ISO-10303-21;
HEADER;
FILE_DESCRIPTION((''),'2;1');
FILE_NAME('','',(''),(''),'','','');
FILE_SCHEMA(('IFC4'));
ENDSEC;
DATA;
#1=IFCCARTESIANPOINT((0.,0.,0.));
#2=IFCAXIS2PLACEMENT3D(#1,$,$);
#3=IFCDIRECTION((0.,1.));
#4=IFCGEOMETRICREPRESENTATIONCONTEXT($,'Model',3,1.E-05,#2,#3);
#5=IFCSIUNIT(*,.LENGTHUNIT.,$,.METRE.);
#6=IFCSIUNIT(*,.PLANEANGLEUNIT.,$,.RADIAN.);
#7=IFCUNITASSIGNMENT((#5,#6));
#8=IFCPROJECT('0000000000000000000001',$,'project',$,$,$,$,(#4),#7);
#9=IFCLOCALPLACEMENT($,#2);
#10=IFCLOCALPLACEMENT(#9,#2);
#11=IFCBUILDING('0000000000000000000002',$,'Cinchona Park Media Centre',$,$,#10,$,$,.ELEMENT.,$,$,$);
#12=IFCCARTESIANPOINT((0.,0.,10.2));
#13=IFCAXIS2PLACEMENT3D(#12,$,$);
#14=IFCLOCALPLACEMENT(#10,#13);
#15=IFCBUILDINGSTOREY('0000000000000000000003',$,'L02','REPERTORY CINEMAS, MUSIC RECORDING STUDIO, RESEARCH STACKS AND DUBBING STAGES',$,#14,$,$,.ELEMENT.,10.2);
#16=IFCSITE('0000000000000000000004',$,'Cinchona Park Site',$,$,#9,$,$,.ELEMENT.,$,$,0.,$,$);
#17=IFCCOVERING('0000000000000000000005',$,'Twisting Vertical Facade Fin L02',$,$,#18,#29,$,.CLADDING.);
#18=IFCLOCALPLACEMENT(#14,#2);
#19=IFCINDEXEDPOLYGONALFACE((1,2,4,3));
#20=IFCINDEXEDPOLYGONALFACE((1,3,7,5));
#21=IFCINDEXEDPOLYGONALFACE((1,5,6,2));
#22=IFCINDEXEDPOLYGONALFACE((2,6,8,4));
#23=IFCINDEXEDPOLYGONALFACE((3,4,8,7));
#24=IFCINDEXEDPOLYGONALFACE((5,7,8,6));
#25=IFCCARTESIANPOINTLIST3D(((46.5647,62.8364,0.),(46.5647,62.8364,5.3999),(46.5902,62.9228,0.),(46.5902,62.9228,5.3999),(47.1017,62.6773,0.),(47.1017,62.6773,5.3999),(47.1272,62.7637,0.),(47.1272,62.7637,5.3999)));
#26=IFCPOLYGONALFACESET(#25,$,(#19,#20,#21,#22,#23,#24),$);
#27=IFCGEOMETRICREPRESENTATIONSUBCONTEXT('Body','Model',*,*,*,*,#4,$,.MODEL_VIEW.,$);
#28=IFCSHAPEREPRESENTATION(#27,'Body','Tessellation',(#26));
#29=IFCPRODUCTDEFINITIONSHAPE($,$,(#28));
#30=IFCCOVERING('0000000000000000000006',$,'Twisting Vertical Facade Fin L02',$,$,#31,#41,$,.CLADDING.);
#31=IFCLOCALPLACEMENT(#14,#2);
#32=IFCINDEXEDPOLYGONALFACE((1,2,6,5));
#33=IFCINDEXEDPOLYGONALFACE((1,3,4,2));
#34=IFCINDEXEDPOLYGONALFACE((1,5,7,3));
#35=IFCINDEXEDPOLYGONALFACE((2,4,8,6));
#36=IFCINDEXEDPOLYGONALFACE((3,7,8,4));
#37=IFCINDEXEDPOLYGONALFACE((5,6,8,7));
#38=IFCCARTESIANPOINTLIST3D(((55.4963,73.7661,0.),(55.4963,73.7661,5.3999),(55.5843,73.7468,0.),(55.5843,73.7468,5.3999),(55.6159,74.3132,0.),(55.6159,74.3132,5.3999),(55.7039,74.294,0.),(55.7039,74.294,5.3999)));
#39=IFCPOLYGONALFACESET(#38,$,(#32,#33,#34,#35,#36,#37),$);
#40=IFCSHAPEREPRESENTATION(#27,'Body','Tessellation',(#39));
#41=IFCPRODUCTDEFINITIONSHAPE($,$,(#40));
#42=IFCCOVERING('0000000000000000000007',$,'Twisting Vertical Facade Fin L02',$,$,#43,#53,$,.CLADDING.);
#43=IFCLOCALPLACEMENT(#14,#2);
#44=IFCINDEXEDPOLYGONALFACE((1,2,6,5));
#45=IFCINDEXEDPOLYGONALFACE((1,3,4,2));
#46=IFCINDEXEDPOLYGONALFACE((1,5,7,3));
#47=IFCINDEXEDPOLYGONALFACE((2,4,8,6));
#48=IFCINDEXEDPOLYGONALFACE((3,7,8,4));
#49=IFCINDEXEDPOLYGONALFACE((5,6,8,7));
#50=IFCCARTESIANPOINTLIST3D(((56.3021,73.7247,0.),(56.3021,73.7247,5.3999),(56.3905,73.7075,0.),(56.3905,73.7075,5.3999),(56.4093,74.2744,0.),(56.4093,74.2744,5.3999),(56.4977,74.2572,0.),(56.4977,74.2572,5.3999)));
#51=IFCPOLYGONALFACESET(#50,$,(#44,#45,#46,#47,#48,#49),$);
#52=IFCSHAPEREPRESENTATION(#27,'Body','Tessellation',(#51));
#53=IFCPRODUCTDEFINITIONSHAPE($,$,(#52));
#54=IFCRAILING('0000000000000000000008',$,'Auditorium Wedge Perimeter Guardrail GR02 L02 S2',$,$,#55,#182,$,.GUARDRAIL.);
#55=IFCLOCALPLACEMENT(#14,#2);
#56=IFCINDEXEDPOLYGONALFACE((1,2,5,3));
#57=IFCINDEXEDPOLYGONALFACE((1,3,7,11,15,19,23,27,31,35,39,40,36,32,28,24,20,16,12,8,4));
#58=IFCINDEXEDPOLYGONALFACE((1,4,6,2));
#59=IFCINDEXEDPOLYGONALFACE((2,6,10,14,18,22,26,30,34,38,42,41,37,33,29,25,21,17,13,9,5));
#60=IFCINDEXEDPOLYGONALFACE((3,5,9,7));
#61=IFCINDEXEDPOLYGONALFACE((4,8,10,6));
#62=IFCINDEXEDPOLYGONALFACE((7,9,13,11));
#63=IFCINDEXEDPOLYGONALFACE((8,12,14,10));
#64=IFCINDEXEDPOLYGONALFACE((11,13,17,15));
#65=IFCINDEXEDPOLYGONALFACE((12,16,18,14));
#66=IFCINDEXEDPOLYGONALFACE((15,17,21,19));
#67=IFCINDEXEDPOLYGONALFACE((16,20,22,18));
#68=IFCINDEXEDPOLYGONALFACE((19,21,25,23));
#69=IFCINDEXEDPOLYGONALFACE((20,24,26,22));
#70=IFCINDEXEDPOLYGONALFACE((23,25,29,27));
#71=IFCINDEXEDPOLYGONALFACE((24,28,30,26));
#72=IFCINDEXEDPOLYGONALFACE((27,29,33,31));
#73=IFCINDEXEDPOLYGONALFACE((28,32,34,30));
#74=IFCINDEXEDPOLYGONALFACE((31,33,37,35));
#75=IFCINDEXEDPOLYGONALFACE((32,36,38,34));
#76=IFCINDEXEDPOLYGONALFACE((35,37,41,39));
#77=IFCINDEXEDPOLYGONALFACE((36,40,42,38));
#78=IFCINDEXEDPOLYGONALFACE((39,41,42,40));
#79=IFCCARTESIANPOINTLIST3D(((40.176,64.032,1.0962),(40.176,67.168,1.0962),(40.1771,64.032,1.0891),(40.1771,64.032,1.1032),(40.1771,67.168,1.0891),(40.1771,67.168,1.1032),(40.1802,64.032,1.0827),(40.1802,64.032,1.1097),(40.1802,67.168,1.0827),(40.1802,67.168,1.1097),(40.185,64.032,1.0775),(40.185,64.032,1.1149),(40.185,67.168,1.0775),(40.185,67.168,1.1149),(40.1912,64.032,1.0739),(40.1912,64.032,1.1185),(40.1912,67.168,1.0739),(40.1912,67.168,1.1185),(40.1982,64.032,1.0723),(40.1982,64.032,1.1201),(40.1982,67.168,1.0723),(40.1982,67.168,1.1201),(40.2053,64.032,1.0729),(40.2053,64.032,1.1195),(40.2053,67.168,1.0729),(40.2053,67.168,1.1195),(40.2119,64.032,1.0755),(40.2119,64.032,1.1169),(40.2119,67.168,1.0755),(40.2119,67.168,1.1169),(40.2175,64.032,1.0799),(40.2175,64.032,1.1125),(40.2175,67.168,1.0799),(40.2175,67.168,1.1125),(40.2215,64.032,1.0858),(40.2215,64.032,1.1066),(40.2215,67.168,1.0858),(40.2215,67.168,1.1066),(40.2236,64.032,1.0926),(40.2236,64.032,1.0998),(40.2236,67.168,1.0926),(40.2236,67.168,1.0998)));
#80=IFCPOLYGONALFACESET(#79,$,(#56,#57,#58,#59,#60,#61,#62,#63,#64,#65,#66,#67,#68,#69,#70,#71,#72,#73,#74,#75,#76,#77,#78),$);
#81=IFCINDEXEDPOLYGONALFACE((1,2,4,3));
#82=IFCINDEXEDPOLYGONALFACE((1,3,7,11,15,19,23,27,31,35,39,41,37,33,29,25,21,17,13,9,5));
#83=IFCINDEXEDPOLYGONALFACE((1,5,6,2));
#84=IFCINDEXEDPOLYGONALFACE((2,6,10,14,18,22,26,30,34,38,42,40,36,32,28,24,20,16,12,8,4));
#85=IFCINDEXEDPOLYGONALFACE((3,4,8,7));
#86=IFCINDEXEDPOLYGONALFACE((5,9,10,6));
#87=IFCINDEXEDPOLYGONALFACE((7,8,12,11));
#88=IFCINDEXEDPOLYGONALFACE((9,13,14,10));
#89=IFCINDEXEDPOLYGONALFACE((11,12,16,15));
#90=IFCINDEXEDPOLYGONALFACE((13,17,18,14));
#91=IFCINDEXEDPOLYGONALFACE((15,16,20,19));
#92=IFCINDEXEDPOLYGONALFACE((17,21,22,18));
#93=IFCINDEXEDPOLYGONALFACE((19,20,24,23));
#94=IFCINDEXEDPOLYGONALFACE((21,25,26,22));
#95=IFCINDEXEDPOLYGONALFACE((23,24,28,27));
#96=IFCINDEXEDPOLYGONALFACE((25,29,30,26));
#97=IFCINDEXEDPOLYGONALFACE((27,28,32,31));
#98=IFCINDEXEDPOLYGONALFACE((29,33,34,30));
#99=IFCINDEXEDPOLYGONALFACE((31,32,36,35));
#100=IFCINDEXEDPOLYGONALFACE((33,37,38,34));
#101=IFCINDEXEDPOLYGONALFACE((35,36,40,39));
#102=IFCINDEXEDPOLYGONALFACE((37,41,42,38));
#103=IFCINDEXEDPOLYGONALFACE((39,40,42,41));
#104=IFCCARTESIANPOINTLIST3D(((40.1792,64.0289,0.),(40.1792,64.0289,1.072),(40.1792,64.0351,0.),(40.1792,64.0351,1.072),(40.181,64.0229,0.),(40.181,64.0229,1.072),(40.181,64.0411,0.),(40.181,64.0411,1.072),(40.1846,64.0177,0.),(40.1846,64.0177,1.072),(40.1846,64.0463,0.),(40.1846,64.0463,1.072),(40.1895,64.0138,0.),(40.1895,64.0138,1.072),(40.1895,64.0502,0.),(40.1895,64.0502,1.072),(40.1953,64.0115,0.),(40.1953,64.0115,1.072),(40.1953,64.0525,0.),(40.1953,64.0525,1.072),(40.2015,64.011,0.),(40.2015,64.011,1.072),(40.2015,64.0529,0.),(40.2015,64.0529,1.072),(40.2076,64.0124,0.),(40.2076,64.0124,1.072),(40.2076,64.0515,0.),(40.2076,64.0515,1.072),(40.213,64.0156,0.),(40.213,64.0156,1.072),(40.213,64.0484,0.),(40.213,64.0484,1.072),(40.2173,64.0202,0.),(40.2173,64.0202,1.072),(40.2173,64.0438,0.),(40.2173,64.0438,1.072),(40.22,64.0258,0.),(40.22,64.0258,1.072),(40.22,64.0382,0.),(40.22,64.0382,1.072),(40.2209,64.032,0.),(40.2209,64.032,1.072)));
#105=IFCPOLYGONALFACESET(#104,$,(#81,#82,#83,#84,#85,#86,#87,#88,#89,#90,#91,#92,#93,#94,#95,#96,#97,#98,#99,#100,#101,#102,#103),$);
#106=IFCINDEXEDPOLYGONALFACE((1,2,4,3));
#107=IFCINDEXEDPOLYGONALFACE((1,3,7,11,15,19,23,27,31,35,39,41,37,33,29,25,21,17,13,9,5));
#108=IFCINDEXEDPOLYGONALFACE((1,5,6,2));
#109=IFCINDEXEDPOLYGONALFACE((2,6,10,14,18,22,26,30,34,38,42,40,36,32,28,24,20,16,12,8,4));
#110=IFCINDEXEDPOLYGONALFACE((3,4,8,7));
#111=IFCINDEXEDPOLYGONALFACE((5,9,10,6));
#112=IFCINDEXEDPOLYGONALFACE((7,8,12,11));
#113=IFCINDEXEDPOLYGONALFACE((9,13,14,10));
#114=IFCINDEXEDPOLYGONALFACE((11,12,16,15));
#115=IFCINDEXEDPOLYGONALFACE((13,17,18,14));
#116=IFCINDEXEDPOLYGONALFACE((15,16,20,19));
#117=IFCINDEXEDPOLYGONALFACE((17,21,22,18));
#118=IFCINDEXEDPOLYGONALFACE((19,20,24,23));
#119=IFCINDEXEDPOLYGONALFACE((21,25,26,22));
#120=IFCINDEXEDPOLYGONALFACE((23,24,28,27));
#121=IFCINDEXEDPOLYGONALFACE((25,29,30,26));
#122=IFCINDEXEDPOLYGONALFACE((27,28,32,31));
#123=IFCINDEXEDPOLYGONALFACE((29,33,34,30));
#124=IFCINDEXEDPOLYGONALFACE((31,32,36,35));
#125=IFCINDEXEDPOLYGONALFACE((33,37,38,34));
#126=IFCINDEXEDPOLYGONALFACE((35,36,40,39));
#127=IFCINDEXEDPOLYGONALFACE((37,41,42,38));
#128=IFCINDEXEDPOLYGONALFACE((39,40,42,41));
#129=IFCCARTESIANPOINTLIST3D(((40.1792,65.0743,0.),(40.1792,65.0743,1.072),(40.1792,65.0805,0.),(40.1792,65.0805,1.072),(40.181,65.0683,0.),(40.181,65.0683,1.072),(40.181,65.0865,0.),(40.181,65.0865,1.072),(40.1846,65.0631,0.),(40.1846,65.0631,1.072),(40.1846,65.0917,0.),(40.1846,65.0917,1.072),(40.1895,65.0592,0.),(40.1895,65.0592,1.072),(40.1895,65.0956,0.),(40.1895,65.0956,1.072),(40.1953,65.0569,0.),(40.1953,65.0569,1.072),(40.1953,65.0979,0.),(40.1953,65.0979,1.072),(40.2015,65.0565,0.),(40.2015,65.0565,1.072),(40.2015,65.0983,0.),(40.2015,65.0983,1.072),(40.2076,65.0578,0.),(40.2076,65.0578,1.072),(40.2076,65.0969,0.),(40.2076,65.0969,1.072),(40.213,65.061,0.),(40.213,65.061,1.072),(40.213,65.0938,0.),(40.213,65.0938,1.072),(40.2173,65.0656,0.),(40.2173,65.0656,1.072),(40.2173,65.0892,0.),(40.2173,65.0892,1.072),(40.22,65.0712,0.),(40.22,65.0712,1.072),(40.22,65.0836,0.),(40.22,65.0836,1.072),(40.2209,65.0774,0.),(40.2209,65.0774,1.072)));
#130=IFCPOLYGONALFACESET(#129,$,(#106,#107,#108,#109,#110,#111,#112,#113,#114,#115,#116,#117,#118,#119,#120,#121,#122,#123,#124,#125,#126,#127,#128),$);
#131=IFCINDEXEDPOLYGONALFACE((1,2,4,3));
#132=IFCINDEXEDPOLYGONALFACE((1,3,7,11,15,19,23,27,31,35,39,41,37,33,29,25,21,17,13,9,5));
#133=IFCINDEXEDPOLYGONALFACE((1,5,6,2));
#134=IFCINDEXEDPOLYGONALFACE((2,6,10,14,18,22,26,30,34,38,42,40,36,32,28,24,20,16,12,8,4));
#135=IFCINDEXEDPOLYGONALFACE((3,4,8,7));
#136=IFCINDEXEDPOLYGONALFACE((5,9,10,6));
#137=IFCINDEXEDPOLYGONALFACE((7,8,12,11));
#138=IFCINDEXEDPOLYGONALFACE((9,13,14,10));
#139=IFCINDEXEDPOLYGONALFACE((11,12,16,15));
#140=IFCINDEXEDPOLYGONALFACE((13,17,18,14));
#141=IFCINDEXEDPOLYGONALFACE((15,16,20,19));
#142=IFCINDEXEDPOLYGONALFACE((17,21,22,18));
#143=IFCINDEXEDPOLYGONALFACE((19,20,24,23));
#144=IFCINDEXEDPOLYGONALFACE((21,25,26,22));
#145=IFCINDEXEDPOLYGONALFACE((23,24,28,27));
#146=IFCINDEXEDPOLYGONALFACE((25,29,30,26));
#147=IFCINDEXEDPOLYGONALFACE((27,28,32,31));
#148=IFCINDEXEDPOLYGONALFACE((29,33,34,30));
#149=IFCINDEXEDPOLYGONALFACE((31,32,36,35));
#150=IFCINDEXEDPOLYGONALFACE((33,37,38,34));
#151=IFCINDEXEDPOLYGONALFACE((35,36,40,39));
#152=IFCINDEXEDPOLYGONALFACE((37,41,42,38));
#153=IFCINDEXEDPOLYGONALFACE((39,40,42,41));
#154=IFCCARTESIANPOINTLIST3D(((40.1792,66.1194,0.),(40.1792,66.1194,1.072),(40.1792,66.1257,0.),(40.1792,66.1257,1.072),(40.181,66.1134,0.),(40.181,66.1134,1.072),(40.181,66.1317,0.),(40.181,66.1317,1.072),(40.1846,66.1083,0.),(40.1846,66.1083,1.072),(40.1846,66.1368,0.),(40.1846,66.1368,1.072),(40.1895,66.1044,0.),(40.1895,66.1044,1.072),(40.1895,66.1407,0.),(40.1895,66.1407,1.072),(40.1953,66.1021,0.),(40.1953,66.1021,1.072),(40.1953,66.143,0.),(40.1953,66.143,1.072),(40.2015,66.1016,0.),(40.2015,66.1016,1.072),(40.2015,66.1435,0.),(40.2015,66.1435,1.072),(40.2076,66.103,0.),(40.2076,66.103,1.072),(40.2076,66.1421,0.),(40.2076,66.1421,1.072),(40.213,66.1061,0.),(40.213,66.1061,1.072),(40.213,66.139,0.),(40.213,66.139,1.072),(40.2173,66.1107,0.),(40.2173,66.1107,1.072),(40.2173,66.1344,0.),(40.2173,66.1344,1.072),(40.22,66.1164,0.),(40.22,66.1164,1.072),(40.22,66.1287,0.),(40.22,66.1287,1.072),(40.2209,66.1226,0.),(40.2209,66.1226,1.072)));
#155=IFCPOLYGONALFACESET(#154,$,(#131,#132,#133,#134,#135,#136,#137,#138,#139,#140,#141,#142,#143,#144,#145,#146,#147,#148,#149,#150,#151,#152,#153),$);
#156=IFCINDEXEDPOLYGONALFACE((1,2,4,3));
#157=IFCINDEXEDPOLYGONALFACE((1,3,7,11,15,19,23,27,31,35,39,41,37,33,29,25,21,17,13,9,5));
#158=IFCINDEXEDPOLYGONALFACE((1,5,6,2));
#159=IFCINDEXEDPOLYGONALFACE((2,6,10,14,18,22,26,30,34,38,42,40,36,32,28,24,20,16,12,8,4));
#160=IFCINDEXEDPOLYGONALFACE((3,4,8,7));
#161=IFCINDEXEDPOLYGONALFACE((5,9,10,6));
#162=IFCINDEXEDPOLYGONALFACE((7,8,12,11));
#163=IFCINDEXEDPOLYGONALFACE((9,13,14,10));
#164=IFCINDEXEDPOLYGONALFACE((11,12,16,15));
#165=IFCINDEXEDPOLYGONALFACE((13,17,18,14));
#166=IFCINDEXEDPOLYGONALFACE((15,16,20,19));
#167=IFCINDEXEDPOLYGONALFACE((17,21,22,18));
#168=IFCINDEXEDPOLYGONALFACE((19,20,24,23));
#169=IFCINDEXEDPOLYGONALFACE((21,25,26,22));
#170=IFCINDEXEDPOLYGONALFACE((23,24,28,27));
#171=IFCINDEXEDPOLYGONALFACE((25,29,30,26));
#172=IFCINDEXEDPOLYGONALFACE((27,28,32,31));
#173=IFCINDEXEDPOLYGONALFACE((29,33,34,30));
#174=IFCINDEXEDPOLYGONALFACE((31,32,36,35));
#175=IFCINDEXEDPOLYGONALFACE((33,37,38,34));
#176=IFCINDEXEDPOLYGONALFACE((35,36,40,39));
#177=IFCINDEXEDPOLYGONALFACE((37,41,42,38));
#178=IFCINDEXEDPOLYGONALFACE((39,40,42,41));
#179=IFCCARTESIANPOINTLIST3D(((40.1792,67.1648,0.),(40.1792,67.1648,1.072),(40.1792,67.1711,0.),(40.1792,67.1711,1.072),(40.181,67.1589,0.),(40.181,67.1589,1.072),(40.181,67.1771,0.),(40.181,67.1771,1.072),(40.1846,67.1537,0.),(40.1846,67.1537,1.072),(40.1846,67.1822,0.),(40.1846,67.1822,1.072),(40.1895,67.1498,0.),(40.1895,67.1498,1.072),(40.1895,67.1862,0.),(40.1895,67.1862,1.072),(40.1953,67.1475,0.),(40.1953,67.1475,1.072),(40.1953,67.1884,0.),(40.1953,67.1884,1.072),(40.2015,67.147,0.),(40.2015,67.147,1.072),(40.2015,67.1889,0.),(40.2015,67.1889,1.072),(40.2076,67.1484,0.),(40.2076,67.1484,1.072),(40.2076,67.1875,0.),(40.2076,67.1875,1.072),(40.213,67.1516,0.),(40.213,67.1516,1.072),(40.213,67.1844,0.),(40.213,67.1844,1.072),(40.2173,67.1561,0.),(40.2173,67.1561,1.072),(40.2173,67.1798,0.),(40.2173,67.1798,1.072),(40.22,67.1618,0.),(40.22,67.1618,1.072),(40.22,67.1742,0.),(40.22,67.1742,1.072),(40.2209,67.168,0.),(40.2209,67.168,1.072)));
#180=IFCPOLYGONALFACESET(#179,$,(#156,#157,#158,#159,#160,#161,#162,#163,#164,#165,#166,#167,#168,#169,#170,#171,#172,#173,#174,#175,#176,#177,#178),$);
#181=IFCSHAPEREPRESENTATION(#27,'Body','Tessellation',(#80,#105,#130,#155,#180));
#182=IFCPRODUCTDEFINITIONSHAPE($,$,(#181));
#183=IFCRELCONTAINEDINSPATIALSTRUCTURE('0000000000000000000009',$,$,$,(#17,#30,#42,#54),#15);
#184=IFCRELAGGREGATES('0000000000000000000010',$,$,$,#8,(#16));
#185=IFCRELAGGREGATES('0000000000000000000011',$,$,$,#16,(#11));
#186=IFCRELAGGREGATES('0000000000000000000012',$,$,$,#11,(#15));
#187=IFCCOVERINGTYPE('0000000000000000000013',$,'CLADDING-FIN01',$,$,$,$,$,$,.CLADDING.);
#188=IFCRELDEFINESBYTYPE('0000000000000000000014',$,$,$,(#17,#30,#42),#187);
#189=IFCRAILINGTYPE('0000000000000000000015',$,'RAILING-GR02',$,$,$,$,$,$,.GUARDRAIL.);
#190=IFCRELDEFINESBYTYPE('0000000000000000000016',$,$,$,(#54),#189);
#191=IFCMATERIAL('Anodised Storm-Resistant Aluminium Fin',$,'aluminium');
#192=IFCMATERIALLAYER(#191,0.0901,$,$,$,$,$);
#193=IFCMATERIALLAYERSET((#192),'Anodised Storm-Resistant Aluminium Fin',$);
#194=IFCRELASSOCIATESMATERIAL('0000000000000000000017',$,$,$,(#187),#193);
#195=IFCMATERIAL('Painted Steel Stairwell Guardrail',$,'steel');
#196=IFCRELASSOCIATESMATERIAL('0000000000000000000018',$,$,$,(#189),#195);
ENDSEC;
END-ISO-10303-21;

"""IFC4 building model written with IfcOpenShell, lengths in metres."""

from ifc_helpers import new_model, si_unit, direction, frame, origin, origin_2d, place, context, subcontext, project, spatial, rectangle, circle, extrude, material, layer, layer_set, type_object, element, save


model = new_model("IFC4")

# Units and contexts
model_context = context("Model", 3, precision=1e-05, world=origin(), true_north=direction((0.0, 1.0)))
body_context = subcontext(model_context, "Body", "Model", "MODEL_VIEW")
ifc_project = project(units=[si_unit("LENGTHUNIT", "METRE"), si_unit("PLANEANGLEUNIT", "RADIAN")], contexts=[model_context])

# Site, building, storey
site_placement = place(None, origin())
site = spatial("IfcSite", under=ifc_project, at=site_placement, Name="Cinchona Park Site", CompositionType="ELEMENT", RefElevation=0.0)
building_placement = place(site_placement, origin())
building = spatial("IfcBuilding", under=site, at=building_placement, Name="Cinchona Park Media Centre", CompositionType="ELEMENT")
storey_placement = place(building_placement, frame((0.0, 0.0, 10.2)))
storey = spatial("IfcBuildingStorey", under=building, at=storey_placement, Name="L02", Description="REPERTORY CINEMAS, MUSIC RECORDING STUDIO, RESEARCH STACKS AND DUBBING STAGES", CompositionType="ELEMENT", Elevation=10.2)

# Coverings
ifc_material_1 = material(Name="Anodised Storm-Resistant Aluminium Fin", Category="aluminium")
ifc_layer_1 = layer(ifc_material_1, 0.0901)
ifc_layer_set_1 = layer_set([ifc_layer_1], Name="Anodised Storm-Resistant Aluminium Fin")
covering_type = type_object("IfcCoveringType", Name="CLADDING-FIN01", PredefinedType="CLADDING", material=ifc_layer_set_1)
for number, where, z_axis, x_axis, name in (
    (1, (46.8459, 62.8, 0.0), (0.0, 0.0, 1.0), (-0.95882, 0.284015, 0.0), "Twisting Vertical Facade Fin L02"),
    (2, (55.6001, 74.03, 0.0), (0.0, 0.0, 1.0), (0.213542, 0.976934, 0.0), "Twisting Vertical Facade Fin L02"),
    (3, (56.3999, 73.991, 0.0), (0.0, 0.0, 1.0), (0.191323, 0.981527, 0.0), "Twisting Vertical Facade Fin L02"),
):
    element("IfcCovering", number, at=place(storey_placement, frame(where, z_axis=z_axis, x_axis=x_axis)), inside=storey, type_object=covering_type, Name=name, PredefinedType="CLADDING", context=body_context, shape_type="SweptSolid", body=[
        extrude(rectangle(XDim=0.5601, YDim=0.0901, at=origin_2d()), origin(), (0.0, 0.0, 1.0), 5.3999),
    ])

# Railing
ifc_material_2 = material(Name="Painted Steel Stairwell Guardrail", Category="steel")
railing_type = type_object("IfcRailingType", Name="RAILING-GR02", PredefinedType="GUARDRAIL", material=ifc_material_2)
railing_1_placement = place(storey_placement, frame((40.2, 64.032, 0.0)))
element("IfcRailing", 4, at=railing_1_placement, inside=storey, type_object=railing_type, Name="Auditorium Wedge Perimeter Guardrail GR02 L02 S2", PredefinedType="GUARDRAIL", context=body_context, shape_type="SweptSolid", body=[
    extrude(circle(Radius=0.0239, at=origin_2d()), frame((0.0, 0.0, 1.0962), z_axis=(0.0, 1.0, 0.0), x_axis=(-1.0, 0.0, 0.0)), (0.0, 0.0, 1.0), 3.136),
    extrude(circle(Radius=0.021, at=origin_2d()), origin(), (0.0, 0.0, 1.0), 1.072),
    extrude(circle(Radius=0.021, at=origin_2d()), frame((0.0, 1.0454, 0.0)), (0.0, 0.0, 1.0), 1.072),
    extrude(circle(Radius=0.021, at=origin_2d()), frame((0.0, 2.0906, 0.0)), (0.0, 0.0, 1.0), 1.072),
    extrude(circle(Radius=0.021, at=origin_2d()), frame((0.0, 3.136, 0.0)), (0.0, 0.0, 1.0), 1.072),
])

save(model, "model.ifc")
